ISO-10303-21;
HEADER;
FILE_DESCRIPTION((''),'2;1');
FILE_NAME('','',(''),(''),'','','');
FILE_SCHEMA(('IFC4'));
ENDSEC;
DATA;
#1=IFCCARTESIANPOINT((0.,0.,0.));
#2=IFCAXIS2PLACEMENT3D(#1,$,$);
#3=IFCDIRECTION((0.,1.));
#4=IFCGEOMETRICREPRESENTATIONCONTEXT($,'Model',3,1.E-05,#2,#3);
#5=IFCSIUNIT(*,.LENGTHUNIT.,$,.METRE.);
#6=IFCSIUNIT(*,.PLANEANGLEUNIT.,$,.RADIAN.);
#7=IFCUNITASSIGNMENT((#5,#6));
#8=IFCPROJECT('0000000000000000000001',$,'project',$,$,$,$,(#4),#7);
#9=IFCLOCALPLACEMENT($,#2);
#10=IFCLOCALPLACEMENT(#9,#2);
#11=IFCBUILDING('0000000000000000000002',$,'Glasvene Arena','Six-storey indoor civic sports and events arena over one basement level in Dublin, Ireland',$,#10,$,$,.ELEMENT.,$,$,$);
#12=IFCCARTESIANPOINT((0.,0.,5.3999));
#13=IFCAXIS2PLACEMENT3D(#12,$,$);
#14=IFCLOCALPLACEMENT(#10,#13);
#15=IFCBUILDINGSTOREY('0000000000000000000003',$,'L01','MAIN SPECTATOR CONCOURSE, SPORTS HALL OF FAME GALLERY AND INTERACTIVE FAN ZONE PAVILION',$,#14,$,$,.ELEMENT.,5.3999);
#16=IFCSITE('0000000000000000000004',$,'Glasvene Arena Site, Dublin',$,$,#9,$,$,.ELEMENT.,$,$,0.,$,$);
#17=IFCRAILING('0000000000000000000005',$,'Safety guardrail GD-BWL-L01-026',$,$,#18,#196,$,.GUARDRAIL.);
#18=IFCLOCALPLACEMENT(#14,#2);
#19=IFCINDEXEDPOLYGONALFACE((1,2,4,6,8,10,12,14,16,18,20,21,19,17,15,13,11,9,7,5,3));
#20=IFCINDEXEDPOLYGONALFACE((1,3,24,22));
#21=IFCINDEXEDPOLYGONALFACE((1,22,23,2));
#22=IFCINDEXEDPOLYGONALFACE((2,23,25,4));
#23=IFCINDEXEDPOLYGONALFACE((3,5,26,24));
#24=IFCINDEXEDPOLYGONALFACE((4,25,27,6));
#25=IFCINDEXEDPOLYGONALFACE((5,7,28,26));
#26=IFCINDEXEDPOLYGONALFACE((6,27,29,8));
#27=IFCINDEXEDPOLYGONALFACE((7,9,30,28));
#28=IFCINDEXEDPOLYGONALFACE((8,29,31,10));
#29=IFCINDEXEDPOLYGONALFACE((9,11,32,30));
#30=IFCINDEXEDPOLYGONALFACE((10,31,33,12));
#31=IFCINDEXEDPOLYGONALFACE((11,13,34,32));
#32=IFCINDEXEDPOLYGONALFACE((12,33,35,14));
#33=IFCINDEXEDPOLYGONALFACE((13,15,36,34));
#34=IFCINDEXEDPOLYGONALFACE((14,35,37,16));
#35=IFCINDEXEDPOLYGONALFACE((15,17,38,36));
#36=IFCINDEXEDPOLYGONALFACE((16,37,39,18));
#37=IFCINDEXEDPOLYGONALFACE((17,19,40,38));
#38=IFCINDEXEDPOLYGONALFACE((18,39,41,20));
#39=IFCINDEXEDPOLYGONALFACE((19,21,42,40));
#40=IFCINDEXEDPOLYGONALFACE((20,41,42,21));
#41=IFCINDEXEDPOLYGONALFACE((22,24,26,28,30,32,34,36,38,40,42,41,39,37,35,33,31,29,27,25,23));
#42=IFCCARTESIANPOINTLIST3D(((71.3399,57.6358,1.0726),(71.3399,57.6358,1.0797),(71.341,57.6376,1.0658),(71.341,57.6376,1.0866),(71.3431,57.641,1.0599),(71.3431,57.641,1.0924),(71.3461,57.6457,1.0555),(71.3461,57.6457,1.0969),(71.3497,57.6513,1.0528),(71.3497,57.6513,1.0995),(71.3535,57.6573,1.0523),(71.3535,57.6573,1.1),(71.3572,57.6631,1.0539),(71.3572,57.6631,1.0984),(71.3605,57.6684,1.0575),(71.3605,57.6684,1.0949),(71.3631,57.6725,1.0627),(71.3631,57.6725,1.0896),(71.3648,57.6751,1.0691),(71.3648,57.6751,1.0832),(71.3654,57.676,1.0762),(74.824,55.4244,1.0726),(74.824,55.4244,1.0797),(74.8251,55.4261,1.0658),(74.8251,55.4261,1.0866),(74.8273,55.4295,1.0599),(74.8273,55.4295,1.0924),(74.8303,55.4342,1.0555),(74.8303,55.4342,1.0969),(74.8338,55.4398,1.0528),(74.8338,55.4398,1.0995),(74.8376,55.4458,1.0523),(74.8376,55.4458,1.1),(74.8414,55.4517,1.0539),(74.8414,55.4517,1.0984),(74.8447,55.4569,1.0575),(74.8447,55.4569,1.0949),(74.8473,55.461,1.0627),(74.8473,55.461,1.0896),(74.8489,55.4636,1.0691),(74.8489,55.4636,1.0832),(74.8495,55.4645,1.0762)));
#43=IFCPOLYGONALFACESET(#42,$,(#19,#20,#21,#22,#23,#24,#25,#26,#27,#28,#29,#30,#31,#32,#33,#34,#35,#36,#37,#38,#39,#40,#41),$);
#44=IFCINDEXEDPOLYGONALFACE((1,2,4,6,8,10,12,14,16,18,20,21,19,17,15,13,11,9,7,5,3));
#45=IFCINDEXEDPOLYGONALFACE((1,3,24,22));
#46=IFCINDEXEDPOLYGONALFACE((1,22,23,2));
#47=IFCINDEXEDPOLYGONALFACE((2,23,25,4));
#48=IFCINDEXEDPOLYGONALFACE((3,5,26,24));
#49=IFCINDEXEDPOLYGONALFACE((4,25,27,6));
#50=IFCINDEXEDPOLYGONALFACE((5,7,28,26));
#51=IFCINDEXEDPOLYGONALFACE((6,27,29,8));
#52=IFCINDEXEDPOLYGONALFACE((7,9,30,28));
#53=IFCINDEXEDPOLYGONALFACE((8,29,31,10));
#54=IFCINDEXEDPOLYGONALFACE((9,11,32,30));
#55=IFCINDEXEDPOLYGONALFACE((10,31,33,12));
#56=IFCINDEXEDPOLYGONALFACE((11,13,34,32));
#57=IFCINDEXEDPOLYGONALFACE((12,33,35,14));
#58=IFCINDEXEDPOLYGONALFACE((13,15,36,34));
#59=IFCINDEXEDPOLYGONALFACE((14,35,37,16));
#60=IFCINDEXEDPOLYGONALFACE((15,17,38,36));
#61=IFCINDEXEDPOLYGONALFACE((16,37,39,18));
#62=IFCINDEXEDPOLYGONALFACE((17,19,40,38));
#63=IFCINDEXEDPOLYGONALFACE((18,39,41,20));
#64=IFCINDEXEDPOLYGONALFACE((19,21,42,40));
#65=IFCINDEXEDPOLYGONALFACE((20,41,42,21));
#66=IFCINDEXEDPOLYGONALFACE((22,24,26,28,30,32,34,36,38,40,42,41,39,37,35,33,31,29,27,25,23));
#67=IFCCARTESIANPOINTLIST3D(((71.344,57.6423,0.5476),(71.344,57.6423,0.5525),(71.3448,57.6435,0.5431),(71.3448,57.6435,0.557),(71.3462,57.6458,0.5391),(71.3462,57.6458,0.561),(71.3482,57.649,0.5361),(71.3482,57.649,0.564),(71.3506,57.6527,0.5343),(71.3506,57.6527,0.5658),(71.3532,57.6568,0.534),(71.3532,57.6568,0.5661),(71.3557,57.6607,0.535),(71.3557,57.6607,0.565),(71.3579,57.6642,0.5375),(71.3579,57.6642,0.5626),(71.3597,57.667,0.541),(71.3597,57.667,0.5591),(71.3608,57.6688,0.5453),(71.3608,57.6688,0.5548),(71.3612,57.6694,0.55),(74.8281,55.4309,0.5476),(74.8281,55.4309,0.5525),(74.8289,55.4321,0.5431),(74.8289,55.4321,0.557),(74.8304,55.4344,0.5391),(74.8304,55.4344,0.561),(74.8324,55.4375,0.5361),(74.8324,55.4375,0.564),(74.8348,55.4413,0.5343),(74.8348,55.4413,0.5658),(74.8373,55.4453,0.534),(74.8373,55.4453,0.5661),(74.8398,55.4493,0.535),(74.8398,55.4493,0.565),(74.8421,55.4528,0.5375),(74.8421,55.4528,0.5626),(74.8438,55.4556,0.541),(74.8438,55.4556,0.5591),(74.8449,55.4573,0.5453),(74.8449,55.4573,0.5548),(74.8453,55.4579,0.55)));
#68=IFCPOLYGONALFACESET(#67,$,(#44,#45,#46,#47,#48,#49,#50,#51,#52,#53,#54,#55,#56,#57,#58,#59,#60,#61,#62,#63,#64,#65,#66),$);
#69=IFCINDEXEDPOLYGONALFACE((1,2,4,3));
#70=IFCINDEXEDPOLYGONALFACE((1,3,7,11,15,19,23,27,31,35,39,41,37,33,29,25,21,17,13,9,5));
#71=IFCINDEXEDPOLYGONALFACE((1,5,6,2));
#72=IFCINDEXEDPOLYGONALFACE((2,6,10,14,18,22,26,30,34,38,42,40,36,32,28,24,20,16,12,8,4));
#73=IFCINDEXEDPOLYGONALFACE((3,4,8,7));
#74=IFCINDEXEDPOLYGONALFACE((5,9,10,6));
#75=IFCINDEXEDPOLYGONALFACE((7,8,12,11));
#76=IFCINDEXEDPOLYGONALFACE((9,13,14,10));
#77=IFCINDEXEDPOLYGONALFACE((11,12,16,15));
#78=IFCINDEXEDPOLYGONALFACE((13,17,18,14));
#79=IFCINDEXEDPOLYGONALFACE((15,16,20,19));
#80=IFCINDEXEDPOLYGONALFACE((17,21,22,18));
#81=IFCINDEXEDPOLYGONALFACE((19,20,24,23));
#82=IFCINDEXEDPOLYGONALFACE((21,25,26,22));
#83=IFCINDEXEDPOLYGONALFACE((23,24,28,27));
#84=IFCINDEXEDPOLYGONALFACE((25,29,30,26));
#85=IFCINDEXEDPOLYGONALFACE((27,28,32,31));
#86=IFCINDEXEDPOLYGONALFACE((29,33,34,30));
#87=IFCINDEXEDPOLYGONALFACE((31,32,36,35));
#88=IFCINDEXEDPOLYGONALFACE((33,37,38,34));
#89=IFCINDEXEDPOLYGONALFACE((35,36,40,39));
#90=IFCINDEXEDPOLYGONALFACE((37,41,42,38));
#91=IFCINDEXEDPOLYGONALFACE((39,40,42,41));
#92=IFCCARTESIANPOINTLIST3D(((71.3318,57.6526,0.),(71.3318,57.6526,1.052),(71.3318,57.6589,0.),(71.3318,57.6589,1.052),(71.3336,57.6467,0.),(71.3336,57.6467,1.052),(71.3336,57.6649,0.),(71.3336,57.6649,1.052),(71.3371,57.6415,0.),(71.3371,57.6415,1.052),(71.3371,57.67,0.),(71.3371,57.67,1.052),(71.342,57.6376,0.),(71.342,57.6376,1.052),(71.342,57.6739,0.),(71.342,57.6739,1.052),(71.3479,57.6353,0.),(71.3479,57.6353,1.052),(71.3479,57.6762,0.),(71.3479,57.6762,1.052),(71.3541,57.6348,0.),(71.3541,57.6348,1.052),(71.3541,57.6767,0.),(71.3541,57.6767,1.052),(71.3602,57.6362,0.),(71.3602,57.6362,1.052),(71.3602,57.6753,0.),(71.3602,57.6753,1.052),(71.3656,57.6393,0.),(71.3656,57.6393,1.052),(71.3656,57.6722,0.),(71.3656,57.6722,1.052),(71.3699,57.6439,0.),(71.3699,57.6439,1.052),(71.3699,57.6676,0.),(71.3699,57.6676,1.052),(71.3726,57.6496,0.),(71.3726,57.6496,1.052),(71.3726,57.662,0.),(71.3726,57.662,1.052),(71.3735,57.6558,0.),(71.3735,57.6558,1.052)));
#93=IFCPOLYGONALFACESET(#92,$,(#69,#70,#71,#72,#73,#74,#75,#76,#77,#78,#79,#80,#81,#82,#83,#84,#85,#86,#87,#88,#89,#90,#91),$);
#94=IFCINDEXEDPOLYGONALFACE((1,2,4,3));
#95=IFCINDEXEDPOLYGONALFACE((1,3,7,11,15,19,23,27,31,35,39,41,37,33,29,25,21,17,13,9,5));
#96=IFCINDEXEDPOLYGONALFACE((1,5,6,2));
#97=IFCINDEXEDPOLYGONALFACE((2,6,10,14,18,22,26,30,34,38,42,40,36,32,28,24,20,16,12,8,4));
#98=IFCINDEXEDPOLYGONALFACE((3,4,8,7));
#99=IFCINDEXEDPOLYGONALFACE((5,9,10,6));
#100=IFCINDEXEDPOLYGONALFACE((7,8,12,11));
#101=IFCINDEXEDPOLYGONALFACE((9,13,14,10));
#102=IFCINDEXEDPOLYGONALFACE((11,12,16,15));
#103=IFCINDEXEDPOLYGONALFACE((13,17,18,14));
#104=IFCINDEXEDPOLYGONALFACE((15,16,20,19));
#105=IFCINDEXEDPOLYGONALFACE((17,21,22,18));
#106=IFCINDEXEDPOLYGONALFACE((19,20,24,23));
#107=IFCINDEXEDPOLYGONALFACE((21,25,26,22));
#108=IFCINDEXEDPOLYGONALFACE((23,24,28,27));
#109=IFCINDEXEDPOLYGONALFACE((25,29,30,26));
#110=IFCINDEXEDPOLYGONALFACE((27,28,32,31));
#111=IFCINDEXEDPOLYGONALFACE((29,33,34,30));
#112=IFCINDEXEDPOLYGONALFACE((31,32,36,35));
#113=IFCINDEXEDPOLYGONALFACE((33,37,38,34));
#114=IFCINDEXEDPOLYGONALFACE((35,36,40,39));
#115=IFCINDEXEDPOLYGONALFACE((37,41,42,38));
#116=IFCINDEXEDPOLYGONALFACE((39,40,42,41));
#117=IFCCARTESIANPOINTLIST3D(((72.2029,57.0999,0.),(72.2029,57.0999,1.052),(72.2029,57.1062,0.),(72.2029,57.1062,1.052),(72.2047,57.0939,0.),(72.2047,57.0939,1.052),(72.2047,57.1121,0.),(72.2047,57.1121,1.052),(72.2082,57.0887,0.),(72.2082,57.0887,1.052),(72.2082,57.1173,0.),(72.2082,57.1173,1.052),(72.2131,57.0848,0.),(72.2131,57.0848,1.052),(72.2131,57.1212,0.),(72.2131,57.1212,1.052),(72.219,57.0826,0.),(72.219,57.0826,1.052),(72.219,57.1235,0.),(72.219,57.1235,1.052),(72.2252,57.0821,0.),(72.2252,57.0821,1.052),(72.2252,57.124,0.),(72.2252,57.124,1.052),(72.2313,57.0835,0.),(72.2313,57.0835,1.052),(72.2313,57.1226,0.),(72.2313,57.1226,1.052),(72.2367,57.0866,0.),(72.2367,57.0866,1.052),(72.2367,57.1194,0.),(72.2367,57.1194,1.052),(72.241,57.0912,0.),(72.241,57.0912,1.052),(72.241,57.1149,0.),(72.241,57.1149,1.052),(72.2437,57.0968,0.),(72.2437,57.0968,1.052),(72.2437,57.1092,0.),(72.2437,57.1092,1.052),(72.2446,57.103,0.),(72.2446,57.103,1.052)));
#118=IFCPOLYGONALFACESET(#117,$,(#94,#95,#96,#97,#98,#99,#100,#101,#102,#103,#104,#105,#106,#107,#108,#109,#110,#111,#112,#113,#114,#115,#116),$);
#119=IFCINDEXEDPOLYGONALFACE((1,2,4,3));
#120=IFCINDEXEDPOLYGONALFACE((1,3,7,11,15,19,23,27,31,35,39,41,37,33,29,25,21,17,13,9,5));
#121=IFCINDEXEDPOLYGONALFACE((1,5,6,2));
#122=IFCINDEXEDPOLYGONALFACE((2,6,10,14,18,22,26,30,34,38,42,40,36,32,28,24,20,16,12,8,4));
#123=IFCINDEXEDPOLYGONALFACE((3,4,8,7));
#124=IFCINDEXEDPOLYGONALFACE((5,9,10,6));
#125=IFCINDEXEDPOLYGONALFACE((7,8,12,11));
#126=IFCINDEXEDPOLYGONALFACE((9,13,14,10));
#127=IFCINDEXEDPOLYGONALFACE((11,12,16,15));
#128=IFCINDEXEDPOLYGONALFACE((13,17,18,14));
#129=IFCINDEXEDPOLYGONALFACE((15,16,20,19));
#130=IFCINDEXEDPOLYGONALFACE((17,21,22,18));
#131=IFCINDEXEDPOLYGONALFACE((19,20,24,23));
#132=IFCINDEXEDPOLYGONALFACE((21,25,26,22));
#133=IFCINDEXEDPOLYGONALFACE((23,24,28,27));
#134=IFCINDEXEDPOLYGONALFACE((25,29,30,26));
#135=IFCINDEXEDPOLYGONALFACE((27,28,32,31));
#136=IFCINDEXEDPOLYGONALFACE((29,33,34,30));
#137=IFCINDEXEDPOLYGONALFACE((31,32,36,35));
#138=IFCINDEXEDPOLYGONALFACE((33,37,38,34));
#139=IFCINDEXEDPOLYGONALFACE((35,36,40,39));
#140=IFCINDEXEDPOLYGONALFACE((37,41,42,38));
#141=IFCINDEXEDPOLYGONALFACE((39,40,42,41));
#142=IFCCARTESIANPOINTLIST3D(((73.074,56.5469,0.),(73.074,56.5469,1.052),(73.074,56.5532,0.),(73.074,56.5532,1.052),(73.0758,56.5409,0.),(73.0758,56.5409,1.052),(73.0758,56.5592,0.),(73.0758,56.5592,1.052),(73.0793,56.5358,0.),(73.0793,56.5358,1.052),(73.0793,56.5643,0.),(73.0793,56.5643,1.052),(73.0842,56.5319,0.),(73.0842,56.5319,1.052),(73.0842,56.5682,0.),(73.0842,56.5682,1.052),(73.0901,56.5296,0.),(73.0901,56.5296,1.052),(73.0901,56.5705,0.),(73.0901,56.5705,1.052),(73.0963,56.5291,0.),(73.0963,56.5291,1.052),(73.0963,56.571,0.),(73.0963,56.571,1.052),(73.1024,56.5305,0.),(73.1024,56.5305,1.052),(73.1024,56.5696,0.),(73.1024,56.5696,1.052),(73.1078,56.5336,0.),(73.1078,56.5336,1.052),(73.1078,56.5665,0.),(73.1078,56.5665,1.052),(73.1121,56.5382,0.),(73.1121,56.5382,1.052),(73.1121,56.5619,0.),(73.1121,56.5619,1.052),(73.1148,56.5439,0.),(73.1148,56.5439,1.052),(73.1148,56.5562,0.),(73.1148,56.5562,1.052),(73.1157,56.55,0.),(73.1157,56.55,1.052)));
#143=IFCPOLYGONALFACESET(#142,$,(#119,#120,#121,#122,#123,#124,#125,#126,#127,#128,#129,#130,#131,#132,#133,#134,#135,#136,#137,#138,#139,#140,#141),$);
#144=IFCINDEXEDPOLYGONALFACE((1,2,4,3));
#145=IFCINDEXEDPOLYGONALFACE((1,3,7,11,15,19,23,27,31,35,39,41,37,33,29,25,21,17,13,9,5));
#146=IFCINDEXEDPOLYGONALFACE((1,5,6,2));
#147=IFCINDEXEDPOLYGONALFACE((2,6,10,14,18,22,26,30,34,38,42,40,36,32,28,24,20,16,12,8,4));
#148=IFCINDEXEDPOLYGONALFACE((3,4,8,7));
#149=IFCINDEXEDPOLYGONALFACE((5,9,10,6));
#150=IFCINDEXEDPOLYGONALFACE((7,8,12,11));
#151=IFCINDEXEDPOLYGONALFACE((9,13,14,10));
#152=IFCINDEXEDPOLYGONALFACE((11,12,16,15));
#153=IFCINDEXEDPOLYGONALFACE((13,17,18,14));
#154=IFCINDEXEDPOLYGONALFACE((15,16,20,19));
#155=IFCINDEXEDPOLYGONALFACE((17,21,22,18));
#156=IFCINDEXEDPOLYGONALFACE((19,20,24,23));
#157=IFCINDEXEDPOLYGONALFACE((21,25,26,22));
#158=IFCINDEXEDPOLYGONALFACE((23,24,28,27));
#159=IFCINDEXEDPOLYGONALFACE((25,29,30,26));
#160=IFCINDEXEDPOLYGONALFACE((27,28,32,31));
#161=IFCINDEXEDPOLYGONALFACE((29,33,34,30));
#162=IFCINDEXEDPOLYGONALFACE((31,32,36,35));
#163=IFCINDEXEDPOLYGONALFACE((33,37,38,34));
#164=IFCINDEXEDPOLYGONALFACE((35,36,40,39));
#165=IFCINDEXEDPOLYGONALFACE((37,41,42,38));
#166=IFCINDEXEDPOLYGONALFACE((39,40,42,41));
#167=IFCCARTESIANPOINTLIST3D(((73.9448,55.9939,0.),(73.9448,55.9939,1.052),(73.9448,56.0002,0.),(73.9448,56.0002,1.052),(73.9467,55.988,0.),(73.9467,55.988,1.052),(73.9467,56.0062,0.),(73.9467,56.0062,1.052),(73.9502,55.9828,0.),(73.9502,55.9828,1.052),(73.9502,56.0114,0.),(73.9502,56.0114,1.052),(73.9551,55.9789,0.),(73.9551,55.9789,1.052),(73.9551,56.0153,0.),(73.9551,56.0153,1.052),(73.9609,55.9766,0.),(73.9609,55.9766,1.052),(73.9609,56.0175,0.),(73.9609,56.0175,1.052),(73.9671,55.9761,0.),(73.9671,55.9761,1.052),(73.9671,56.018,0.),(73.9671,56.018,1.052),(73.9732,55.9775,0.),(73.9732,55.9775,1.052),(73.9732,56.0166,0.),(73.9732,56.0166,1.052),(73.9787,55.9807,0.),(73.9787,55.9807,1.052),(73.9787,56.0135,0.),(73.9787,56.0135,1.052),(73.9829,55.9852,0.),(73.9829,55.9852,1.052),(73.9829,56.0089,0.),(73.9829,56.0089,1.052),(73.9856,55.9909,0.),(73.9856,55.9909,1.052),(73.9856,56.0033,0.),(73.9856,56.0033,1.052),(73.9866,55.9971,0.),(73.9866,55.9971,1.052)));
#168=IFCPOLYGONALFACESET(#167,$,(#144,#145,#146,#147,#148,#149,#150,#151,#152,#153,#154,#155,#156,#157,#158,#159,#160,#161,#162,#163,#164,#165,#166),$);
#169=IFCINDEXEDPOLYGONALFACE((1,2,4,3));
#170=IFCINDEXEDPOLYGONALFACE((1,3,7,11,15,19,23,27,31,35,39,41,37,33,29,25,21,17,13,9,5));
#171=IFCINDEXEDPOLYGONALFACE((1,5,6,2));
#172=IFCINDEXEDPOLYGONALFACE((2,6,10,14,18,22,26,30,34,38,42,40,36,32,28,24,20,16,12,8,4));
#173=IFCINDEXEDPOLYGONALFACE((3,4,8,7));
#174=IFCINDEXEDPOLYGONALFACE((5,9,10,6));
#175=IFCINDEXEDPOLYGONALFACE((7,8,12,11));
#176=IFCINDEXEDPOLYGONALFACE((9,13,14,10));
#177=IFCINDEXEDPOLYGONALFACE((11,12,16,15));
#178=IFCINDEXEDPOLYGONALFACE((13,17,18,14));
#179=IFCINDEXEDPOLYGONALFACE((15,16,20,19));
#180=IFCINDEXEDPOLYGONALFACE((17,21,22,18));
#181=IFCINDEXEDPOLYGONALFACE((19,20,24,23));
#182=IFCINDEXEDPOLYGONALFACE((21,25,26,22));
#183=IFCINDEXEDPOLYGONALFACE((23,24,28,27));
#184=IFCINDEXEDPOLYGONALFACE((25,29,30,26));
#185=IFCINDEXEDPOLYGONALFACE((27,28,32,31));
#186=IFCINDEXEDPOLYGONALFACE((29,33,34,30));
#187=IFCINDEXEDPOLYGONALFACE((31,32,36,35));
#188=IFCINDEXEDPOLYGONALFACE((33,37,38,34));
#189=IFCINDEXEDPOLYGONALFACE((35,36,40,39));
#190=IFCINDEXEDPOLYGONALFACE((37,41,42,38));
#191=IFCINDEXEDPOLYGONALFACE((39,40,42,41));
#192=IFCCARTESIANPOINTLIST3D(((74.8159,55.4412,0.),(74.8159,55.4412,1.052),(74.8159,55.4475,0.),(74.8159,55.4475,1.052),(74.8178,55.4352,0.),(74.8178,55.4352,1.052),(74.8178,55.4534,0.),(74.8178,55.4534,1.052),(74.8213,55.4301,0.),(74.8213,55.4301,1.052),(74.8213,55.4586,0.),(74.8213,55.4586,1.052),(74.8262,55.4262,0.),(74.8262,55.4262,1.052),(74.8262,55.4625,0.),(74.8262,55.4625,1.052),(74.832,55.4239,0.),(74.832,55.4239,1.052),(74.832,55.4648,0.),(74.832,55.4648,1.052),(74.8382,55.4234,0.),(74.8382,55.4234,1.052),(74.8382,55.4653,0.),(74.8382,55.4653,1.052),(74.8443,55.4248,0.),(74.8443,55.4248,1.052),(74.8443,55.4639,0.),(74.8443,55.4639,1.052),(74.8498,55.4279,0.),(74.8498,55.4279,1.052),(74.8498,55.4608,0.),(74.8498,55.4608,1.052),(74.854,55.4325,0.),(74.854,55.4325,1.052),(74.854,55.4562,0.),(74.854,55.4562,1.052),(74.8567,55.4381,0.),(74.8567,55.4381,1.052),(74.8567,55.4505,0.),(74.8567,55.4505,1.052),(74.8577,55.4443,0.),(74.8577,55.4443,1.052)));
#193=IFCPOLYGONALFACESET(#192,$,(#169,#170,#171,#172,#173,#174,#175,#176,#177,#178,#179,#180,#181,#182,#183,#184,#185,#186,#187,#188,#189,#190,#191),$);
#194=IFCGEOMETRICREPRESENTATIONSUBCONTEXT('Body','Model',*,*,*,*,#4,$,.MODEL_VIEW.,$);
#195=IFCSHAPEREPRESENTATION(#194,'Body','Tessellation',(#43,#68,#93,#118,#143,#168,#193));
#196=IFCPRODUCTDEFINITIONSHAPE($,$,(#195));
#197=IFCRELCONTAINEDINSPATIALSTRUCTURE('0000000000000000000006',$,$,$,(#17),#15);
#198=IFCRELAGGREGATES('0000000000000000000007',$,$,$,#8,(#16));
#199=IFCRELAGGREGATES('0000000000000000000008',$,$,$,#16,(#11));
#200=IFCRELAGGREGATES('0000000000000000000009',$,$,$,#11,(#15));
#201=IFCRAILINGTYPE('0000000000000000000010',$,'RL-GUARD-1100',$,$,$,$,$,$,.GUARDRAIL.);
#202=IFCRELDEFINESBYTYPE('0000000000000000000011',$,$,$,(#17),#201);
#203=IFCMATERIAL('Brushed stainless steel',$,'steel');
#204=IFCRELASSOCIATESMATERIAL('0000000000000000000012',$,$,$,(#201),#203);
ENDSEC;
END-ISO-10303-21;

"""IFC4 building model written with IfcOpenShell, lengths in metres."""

from ifc_helpers import new_model, si_unit, direction, frame, origin, origin_2d, place, context, subcontext, project, spatial, circle, extrude, material, type_object, element, save


model = new_model("IFC4")

# Units and contexts
model_context = context("Model", 3, precision=1e-05, world=origin(), true_north=direction((0.0, 1.0)))
body_context = subcontext(model_context, "Body", "Model", "MODEL_VIEW")
ifc_project = project(units=[si_unit("LENGTHUNIT", "METRE"), si_unit("PLANEANGLEUNIT", "RADIAN")], contexts=[model_context])

# Site, building, storey
site_placement = place(None, origin())
site = spatial("IfcSite", under=ifc_project, at=site_placement, Name="Glasvene Arena Site, Dublin", CompositionType="ELEMENT", RefElevation=0.0)
building_placement = place(site_placement, origin())
building = spatial("IfcBuilding", under=site, at=building_placement, Name="Glasvene Arena", Description="Six-storey indoor civic sports and events arena over one basement level in Dublin, Ireland", CompositionType="ELEMENT")
storey_placement = place(building_placement, frame((0.0, 0.0, 5.3999)))
storey = spatial("IfcBuildingStorey", under=building, at=storey_placement, Name="L01", Description="MAIN SPECTATOR CONCOURSE, SPORTS HALL OF FAME GALLERY AND INTERACTIVE FAN ZONE PAVILION", CompositionType="ELEMENT", Elevation=5.3999)

# Railing
ifc_material_1 = material(Name="Brushed stainless steel", Category="steel")
railing_type = type_object("IfcRailingType", Name="RL-GUARD-1100", PredefinedType="GUARDRAIL", material=ifc_material_1)
railing_1_placement = place(storey_placement, frame((71.3525, 57.6558, 0.0)))
element("IfcRailing", 1, at=railing_1_placement, inside=storey, type_object=railing_type, Name="Safety guardrail GD-BWL-L01-026", PredefinedType="GUARDRAIL", context=body_context, shape_type="SweptSolid", body=[
    extrude(circle(Radius=0.0239, at=origin_2d()), frame((0.0, 0.0, 1.0762), z_axis=(0.844292, -0.535884, 0.0), x_axis=(0.535884, 0.844292, 0.0)), (0.0, 0.0, 1.0), 4.1267),
    extrude(circle(Radius=0.0161, at=origin_2d()), frame((0.0, 0.0, 0.55), z_axis=(0.844292, -0.535884, 0.0), x_axis=(0.535884, 0.844292, 0.0)), (0.0, 0.0, 1.0), 4.1267),
    extrude(circle(Radius=0.021, at=origin_2d()), origin(), (0.0, 0.0, 1.0), 1.052),
    extrude(circle(Radius=0.021, at=origin_2d()), frame((0.8711, -0.5527, 0.0)), (0.0, 0.0, 1.0), 1.052),
    extrude(circle(Radius=0.021, at=origin_2d()), frame((1.7422, -1.1057, 0.0)), (0.0, 0.0, 1.0), 1.052),
    extrude(circle(Radius=0.021, at=origin_2d()), frame((2.613, -1.6587, 0.0)), (0.0, 0.0, 1.0), 1.052),
    extrude(circle(Radius=0.021, at=origin_2d()), frame((3.4841, -2.2114, 0.0)), (0.0, 0.0, 1.0), 1.052),
])

save(model, "model.ifc")
